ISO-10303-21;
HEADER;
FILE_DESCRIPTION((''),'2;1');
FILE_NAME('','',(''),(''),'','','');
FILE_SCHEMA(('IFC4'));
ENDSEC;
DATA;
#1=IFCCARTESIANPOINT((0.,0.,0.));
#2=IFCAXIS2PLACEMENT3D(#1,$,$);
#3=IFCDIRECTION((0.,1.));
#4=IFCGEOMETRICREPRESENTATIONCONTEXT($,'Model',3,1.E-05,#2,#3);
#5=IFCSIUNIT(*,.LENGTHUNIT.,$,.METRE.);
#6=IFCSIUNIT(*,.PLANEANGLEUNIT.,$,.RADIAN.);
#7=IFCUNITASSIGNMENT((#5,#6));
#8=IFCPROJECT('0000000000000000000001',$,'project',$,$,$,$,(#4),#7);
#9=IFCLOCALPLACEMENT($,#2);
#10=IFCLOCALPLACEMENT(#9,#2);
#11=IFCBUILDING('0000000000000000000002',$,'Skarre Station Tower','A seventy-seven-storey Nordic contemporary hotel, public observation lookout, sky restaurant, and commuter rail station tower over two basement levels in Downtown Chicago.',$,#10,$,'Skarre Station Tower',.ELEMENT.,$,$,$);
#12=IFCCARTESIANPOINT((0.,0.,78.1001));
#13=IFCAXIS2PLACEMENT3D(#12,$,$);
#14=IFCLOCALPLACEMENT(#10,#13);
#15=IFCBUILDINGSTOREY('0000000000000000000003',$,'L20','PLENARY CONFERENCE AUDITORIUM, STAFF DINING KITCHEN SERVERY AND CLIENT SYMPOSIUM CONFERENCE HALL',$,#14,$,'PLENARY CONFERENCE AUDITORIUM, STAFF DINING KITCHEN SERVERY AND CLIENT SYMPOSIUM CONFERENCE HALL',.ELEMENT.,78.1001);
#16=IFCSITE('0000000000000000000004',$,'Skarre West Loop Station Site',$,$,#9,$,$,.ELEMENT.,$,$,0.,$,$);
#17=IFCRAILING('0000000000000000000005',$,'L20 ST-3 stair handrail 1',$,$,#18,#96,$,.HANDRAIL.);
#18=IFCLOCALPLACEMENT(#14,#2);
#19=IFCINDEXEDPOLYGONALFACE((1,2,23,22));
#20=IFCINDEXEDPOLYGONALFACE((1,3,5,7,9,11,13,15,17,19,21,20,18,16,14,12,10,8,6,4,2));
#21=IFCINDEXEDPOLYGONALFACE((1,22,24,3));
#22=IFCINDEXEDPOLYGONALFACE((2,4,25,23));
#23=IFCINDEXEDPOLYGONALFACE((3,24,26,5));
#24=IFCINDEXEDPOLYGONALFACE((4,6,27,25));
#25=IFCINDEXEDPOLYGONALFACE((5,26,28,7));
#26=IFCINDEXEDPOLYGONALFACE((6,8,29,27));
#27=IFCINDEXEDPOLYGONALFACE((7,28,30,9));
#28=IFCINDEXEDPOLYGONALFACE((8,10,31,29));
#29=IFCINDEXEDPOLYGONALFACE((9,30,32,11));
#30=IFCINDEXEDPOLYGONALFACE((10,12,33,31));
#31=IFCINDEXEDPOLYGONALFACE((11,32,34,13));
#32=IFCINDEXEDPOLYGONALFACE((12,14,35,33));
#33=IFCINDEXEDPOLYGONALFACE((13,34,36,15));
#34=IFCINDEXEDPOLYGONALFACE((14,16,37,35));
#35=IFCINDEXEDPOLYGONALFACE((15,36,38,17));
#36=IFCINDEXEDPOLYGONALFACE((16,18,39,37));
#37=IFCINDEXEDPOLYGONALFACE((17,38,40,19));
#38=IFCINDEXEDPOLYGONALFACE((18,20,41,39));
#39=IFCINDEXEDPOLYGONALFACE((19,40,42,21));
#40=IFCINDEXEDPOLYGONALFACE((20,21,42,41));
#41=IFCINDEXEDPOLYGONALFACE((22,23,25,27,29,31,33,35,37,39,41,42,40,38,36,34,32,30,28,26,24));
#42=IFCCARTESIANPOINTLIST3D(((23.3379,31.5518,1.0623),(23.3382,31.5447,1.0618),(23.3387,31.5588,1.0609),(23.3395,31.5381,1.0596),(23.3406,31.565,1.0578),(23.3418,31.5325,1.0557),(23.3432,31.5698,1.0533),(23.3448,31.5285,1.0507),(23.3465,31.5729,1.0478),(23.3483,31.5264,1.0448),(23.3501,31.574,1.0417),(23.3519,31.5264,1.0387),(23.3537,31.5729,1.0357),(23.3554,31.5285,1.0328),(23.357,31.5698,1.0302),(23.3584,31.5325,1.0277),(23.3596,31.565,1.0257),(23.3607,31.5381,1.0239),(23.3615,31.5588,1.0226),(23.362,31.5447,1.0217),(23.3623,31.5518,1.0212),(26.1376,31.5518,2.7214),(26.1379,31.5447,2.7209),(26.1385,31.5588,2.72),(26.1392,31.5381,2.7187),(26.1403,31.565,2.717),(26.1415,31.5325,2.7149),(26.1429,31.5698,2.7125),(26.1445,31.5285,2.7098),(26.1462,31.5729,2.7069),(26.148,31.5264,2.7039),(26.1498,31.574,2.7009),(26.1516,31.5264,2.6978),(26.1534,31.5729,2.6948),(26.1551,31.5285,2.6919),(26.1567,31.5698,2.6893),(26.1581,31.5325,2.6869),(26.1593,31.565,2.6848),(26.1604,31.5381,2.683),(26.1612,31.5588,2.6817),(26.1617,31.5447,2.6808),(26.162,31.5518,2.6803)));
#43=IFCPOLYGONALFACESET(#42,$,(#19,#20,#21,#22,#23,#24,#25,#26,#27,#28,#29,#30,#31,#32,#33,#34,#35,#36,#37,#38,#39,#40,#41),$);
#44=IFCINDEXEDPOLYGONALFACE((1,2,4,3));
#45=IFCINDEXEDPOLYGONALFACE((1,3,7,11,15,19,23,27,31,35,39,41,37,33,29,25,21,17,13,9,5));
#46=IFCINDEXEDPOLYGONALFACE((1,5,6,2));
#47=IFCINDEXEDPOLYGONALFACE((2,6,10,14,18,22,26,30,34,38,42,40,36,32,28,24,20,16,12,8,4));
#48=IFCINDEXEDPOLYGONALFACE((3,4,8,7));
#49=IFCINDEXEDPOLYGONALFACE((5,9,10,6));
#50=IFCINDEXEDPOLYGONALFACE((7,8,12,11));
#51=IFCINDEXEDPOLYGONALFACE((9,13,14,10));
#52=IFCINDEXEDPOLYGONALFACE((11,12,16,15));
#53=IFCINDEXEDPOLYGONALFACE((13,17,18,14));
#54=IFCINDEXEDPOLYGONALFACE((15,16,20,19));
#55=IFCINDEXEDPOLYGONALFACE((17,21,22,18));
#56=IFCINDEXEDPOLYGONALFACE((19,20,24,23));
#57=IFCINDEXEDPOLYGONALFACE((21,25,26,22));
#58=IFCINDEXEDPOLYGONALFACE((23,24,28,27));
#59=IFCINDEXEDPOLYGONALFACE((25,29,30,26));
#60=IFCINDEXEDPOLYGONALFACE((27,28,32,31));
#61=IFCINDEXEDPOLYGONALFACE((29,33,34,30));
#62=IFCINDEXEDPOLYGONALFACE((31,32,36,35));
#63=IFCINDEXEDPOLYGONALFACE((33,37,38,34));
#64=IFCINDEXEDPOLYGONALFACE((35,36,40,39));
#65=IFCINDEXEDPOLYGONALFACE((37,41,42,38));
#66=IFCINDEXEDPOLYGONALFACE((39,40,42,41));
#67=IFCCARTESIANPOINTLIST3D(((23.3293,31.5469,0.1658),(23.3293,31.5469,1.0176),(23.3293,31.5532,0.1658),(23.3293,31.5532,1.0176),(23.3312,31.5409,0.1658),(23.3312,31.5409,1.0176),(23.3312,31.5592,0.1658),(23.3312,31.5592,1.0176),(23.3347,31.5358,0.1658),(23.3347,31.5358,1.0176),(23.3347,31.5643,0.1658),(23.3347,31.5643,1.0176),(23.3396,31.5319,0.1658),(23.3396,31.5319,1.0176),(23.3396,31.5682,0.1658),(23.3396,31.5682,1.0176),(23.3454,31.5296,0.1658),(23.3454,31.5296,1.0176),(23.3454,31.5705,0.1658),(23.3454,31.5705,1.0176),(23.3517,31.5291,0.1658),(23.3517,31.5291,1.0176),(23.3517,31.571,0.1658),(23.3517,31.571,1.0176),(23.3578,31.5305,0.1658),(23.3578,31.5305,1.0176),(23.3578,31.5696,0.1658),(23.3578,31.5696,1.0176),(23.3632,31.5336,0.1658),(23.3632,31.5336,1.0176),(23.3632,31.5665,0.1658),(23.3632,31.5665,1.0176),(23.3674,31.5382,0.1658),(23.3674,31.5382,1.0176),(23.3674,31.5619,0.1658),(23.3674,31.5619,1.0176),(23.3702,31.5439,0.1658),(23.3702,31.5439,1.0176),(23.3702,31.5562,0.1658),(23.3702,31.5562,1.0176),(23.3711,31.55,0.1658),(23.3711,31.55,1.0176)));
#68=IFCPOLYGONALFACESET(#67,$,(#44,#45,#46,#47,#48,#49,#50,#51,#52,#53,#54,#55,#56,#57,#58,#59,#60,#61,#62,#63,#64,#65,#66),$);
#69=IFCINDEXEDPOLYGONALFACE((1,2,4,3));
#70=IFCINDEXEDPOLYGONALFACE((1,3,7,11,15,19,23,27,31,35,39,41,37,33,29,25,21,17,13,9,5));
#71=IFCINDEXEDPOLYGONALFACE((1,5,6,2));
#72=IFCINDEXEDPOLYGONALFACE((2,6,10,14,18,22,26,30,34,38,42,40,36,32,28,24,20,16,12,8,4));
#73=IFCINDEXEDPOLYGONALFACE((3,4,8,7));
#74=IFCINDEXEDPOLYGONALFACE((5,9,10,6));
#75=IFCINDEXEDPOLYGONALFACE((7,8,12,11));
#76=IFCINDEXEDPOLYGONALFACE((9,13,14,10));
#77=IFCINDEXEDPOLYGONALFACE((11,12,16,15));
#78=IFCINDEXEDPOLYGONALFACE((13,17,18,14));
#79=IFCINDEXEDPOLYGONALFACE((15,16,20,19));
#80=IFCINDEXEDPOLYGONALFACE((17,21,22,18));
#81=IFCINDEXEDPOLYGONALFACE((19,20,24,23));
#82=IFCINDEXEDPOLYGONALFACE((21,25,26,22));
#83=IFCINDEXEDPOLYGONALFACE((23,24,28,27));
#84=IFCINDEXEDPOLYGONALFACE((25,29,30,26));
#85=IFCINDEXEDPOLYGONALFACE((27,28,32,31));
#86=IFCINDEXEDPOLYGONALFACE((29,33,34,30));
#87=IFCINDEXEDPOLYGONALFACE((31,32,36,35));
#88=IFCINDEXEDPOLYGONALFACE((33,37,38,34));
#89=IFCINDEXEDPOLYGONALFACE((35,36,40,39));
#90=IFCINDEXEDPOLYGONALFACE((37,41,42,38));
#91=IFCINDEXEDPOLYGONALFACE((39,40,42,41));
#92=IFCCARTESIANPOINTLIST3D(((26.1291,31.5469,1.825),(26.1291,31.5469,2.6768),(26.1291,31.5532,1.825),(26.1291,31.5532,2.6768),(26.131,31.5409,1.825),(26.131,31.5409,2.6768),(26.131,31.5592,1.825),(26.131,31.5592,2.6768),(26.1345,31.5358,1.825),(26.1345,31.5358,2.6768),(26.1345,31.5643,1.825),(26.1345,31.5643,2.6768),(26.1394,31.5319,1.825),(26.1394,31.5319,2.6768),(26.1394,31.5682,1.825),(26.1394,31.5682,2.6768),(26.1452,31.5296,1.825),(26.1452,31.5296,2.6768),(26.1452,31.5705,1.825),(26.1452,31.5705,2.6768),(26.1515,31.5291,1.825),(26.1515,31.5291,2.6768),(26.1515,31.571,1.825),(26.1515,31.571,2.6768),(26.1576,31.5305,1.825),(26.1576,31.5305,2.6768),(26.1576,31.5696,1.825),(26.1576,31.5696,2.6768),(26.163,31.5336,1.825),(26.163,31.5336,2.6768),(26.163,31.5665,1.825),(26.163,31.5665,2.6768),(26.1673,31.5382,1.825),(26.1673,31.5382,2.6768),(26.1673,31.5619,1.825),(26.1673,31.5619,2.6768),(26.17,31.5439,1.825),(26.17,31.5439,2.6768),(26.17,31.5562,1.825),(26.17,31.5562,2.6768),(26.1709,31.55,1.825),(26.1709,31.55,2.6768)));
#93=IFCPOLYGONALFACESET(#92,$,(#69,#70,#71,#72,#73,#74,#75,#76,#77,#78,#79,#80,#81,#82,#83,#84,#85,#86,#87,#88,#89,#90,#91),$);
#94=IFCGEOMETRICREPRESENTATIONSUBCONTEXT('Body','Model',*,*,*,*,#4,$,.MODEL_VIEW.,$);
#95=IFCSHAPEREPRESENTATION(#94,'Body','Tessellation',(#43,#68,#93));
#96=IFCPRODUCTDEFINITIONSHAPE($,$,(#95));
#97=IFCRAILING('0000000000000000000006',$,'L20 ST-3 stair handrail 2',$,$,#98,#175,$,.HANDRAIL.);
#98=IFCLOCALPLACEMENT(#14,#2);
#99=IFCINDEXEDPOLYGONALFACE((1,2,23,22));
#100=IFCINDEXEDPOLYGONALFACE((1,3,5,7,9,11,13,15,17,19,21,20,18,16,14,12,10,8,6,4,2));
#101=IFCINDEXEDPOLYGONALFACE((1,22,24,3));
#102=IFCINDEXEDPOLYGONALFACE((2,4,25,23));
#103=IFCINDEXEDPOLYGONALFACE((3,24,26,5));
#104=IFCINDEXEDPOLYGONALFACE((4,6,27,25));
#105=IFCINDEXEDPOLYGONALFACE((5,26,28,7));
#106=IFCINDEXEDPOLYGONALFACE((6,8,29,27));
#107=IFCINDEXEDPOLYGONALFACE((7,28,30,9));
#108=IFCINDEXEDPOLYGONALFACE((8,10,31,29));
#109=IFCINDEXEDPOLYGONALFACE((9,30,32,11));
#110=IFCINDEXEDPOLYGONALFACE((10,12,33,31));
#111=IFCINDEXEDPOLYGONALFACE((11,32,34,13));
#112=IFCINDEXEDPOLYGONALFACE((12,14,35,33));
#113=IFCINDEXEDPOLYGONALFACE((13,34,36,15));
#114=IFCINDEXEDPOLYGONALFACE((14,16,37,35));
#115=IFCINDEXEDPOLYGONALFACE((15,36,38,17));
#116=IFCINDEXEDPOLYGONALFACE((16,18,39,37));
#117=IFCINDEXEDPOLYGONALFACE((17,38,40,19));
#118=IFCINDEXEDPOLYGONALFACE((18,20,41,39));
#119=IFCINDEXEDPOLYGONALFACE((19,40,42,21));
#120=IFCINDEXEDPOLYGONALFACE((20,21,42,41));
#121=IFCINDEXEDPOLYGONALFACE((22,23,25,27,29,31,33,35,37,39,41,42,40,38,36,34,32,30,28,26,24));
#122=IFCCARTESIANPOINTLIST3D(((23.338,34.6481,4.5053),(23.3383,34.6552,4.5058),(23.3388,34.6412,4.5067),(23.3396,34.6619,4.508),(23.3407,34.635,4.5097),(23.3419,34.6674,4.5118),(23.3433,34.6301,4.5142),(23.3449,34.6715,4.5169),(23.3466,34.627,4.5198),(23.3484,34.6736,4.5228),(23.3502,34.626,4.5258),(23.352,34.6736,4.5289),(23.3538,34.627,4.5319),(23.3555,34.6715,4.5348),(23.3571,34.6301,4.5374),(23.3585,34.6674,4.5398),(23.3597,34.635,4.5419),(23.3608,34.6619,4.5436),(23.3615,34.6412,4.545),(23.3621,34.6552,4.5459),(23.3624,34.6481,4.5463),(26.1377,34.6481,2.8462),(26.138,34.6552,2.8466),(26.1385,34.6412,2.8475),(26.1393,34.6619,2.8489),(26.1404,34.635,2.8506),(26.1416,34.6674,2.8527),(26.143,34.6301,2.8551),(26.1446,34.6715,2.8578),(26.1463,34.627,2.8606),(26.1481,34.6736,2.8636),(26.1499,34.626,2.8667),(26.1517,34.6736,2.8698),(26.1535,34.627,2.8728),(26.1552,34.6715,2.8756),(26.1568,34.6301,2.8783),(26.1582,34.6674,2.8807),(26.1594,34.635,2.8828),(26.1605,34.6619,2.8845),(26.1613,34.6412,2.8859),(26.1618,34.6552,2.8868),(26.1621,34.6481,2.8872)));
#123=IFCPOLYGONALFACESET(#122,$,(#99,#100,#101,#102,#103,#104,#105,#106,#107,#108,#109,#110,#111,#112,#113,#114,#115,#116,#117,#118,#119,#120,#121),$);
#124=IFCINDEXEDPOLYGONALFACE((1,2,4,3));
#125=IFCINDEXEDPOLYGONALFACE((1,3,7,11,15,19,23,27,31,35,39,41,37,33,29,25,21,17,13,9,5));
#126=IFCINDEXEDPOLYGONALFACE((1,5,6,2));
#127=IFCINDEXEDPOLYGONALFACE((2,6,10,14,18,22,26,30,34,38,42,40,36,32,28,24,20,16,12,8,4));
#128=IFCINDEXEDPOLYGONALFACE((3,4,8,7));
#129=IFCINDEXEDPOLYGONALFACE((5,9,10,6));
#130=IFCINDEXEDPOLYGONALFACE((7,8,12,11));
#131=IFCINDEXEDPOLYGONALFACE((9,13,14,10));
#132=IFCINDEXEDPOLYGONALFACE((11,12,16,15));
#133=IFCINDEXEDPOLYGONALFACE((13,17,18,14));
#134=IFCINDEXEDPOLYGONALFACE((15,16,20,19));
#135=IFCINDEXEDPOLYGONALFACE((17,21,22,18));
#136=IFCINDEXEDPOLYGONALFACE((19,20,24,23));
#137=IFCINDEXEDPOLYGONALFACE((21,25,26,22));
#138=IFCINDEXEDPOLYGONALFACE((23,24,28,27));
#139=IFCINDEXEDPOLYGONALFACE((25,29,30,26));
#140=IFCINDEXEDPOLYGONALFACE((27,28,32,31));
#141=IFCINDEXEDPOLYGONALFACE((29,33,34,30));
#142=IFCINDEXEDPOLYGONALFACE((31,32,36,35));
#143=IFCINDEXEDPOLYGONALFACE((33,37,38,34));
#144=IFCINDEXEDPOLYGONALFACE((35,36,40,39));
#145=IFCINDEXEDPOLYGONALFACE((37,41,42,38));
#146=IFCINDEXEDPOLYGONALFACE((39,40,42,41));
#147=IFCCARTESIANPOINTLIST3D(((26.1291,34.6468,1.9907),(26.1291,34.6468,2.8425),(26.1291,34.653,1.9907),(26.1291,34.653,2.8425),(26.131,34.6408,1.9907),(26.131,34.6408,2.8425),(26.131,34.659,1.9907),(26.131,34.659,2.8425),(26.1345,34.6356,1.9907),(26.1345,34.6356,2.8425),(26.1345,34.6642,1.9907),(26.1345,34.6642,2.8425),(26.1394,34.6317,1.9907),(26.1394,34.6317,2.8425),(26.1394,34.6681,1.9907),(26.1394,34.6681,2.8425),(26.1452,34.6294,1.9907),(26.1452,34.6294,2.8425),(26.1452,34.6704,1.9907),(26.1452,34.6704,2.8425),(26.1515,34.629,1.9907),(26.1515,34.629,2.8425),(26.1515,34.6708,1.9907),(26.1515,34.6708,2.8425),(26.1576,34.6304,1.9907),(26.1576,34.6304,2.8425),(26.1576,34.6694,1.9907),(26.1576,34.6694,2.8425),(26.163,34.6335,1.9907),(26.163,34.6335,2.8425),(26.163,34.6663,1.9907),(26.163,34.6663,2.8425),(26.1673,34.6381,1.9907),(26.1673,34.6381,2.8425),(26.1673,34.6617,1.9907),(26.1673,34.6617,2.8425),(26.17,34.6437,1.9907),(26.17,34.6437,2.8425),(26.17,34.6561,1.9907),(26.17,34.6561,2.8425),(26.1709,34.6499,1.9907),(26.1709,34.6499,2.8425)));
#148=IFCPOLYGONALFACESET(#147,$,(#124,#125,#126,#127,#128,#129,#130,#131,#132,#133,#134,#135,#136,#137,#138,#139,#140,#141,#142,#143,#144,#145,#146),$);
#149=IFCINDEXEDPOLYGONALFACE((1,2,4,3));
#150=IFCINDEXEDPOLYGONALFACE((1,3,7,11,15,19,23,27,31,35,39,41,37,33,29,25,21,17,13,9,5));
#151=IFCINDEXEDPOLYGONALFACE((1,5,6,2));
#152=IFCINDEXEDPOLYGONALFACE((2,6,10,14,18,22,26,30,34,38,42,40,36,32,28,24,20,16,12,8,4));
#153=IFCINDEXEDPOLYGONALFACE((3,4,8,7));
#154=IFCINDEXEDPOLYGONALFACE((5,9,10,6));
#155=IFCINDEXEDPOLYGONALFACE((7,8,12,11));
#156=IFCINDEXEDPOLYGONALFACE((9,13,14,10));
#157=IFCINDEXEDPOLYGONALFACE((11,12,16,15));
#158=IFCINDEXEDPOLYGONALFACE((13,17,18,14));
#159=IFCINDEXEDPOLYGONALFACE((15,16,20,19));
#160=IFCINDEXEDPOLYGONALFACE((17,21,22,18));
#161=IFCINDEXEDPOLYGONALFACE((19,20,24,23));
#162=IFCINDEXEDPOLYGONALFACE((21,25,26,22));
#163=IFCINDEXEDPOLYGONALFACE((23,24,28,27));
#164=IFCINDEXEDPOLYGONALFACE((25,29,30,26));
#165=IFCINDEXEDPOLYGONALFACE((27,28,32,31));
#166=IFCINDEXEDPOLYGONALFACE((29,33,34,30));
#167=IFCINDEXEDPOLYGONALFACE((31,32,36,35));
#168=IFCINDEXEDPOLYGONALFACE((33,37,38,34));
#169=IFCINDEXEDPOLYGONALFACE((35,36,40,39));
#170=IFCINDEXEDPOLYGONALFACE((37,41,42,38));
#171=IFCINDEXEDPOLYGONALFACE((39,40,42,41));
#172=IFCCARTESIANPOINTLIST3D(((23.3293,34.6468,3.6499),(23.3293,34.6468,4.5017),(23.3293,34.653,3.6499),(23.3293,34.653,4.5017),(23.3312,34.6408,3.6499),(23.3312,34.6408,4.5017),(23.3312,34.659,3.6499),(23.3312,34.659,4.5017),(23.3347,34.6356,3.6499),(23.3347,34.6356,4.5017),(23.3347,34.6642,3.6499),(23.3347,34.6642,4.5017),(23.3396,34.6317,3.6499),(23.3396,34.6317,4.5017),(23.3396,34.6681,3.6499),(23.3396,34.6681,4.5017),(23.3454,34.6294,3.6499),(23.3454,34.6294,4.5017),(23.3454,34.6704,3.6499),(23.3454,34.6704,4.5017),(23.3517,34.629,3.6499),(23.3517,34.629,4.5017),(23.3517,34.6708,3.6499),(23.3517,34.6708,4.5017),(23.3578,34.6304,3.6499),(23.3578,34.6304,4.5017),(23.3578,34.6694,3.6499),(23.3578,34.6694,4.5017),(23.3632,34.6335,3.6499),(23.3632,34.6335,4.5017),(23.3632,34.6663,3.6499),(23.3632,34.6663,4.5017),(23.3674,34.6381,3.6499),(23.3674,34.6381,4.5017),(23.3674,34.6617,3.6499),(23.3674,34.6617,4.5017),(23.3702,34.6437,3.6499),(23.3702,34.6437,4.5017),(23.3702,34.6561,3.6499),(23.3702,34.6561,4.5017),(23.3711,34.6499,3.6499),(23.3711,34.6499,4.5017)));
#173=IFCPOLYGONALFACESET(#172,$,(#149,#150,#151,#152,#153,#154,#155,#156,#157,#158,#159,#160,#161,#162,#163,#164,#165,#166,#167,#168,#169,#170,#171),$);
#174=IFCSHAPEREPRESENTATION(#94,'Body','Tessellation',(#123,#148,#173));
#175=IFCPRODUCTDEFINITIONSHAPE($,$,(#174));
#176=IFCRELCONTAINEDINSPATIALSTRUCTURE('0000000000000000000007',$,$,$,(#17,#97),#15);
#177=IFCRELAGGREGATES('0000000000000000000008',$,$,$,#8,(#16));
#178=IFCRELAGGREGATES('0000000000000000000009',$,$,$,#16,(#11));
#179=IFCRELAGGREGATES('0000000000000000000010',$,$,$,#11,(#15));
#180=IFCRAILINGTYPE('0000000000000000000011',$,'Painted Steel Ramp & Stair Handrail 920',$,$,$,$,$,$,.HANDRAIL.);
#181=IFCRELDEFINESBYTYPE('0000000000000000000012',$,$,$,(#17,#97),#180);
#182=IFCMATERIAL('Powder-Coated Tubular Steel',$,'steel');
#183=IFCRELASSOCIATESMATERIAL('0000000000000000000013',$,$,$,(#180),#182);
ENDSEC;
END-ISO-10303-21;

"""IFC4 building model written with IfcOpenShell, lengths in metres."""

from ifc_helpers import new_model, si_unit, direction, frame, origin, origin_2d, place, context, subcontext, project, spatial, circle, extrude, material, type_object, element, save


model = new_model("IFC4")

# Units and contexts
model_context = context("Model", 3, precision=1e-05, world=origin(), true_north=direction((0.0, 1.0)))
body_context = subcontext(model_context, "Body", "Model", "MODEL_VIEW")
ifc_project = project(units=[si_unit("LENGTHUNIT", "METRE"), si_unit("PLANEANGLEUNIT", "RADIAN")], contexts=[model_context])

# Site, building, storey
site_placement = place(None, origin())
site = spatial("IfcSite", under=ifc_project, at=site_placement, Name="Skarre West Loop Station Site", CompositionType="ELEMENT", RefElevation=0.0)
building_placement = place(site_placement, origin())
building = spatial("IfcBuilding", under=site, at=building_placement, Name="Skarre Station Tower", Description="A seventy-seven-storey Nordic contemporary hotel, public observation lookout, sky restaurant, and commuter rail station tower over two basement levels in Downtown Chicago.", LongName="Skarre Station Tower", CompositionType="ELEMENT")
storey_placement = place(building_placement, frame((0.0, 0.0, 78.1001)))
storey = spatial("IfcBuildingStorey", under=building, at=storey_placement, Name="L20", Description="PLENARY CONFERENCE AUDITORIUM, STAFF DINING KITCHEN SERVERY AND CLIENT SYMPOSIUM CONFERENCE HALL", LongName="PLENARY CONFERENCE AUDITORIUM, STAFF DINING KITCHEN SERVERY AND CLIENT SYMPOSIUM CONFERENCE HALL", CompositionType="ELEMENT", Elevation=78.1001)

# Railings
ifc_material_1 = material(Name="Powder-Coated Tubular Steel", Category="steel")
railing_type_1 = type_object("IfcRailingType", Name="Painted Steel Ramp & Stair Handrail 920", PredefinedType="HANDRAIL", material=ifc_material_1)
railing_1_placement = place(storey_placement, frame((23.3501, 31.55, 0.1658)))
element("IfcRailing", 1, at=railing_1_placement, inside=storey, type_object=railing_type_1, Name="L20 ST-3 stair handrail 1", PredefinedType="HANDRAIL", context=body_context, shape_type="SweptSolid", body=[
    extrude(circle(Radius=0.0239, at=origin_2d()), frame((0.0, 0.0, 0.876), z_axis=(0.860287, 0.0, 0.509811), x_axis=(0.0, 1.0, 0.0)), (0.0, 0.0, 1.0), 3.2544),
    extrude(circle(Radius=0.021, at=origin_2d()), origin(), (0.0, 0.0, 1.0), 0.8518),
    extrude(circle(Radius=0.021, at=origin_2d()), frame((2.7998, 0.0, 1.6592)), (0.0, 0.0, 1.0), 0.8518),
])
railing_2_placement = place(storey_placement, frame((26.1499, 34.6499, 1.9907)))
element("IfcRailing", 2, at=railing_2_placement, inside=storey, type_object=railing_type_1, Name="L20 ST-3 stair handrail 2", PredefinedType="HANDRAIL", context=body_context, shape_type="SweptSolid", body=[
    extrude(circle(Radius=0.0239, at=origin_2d()), frame((0.0, 0.0, 0.876), z_axis=(-0.860287, 0.0, 0.509811), x_axis=(0.0, -1.0, 0.0)), (0.0, 0.0, 1.0), 3.2544),
    extrude(circle(Radius=0.021, at=origin_2d()), origin(), (0.0, 0.0, 1.0), 0.8518),
    extrude(circle(Radius=0.021, at=origin_2d()), frame((-2.7998, 0.0, 1.6592)), (0.0, 0.0, 1.0), 0.8518),
])

save(model, "model.ifc")
